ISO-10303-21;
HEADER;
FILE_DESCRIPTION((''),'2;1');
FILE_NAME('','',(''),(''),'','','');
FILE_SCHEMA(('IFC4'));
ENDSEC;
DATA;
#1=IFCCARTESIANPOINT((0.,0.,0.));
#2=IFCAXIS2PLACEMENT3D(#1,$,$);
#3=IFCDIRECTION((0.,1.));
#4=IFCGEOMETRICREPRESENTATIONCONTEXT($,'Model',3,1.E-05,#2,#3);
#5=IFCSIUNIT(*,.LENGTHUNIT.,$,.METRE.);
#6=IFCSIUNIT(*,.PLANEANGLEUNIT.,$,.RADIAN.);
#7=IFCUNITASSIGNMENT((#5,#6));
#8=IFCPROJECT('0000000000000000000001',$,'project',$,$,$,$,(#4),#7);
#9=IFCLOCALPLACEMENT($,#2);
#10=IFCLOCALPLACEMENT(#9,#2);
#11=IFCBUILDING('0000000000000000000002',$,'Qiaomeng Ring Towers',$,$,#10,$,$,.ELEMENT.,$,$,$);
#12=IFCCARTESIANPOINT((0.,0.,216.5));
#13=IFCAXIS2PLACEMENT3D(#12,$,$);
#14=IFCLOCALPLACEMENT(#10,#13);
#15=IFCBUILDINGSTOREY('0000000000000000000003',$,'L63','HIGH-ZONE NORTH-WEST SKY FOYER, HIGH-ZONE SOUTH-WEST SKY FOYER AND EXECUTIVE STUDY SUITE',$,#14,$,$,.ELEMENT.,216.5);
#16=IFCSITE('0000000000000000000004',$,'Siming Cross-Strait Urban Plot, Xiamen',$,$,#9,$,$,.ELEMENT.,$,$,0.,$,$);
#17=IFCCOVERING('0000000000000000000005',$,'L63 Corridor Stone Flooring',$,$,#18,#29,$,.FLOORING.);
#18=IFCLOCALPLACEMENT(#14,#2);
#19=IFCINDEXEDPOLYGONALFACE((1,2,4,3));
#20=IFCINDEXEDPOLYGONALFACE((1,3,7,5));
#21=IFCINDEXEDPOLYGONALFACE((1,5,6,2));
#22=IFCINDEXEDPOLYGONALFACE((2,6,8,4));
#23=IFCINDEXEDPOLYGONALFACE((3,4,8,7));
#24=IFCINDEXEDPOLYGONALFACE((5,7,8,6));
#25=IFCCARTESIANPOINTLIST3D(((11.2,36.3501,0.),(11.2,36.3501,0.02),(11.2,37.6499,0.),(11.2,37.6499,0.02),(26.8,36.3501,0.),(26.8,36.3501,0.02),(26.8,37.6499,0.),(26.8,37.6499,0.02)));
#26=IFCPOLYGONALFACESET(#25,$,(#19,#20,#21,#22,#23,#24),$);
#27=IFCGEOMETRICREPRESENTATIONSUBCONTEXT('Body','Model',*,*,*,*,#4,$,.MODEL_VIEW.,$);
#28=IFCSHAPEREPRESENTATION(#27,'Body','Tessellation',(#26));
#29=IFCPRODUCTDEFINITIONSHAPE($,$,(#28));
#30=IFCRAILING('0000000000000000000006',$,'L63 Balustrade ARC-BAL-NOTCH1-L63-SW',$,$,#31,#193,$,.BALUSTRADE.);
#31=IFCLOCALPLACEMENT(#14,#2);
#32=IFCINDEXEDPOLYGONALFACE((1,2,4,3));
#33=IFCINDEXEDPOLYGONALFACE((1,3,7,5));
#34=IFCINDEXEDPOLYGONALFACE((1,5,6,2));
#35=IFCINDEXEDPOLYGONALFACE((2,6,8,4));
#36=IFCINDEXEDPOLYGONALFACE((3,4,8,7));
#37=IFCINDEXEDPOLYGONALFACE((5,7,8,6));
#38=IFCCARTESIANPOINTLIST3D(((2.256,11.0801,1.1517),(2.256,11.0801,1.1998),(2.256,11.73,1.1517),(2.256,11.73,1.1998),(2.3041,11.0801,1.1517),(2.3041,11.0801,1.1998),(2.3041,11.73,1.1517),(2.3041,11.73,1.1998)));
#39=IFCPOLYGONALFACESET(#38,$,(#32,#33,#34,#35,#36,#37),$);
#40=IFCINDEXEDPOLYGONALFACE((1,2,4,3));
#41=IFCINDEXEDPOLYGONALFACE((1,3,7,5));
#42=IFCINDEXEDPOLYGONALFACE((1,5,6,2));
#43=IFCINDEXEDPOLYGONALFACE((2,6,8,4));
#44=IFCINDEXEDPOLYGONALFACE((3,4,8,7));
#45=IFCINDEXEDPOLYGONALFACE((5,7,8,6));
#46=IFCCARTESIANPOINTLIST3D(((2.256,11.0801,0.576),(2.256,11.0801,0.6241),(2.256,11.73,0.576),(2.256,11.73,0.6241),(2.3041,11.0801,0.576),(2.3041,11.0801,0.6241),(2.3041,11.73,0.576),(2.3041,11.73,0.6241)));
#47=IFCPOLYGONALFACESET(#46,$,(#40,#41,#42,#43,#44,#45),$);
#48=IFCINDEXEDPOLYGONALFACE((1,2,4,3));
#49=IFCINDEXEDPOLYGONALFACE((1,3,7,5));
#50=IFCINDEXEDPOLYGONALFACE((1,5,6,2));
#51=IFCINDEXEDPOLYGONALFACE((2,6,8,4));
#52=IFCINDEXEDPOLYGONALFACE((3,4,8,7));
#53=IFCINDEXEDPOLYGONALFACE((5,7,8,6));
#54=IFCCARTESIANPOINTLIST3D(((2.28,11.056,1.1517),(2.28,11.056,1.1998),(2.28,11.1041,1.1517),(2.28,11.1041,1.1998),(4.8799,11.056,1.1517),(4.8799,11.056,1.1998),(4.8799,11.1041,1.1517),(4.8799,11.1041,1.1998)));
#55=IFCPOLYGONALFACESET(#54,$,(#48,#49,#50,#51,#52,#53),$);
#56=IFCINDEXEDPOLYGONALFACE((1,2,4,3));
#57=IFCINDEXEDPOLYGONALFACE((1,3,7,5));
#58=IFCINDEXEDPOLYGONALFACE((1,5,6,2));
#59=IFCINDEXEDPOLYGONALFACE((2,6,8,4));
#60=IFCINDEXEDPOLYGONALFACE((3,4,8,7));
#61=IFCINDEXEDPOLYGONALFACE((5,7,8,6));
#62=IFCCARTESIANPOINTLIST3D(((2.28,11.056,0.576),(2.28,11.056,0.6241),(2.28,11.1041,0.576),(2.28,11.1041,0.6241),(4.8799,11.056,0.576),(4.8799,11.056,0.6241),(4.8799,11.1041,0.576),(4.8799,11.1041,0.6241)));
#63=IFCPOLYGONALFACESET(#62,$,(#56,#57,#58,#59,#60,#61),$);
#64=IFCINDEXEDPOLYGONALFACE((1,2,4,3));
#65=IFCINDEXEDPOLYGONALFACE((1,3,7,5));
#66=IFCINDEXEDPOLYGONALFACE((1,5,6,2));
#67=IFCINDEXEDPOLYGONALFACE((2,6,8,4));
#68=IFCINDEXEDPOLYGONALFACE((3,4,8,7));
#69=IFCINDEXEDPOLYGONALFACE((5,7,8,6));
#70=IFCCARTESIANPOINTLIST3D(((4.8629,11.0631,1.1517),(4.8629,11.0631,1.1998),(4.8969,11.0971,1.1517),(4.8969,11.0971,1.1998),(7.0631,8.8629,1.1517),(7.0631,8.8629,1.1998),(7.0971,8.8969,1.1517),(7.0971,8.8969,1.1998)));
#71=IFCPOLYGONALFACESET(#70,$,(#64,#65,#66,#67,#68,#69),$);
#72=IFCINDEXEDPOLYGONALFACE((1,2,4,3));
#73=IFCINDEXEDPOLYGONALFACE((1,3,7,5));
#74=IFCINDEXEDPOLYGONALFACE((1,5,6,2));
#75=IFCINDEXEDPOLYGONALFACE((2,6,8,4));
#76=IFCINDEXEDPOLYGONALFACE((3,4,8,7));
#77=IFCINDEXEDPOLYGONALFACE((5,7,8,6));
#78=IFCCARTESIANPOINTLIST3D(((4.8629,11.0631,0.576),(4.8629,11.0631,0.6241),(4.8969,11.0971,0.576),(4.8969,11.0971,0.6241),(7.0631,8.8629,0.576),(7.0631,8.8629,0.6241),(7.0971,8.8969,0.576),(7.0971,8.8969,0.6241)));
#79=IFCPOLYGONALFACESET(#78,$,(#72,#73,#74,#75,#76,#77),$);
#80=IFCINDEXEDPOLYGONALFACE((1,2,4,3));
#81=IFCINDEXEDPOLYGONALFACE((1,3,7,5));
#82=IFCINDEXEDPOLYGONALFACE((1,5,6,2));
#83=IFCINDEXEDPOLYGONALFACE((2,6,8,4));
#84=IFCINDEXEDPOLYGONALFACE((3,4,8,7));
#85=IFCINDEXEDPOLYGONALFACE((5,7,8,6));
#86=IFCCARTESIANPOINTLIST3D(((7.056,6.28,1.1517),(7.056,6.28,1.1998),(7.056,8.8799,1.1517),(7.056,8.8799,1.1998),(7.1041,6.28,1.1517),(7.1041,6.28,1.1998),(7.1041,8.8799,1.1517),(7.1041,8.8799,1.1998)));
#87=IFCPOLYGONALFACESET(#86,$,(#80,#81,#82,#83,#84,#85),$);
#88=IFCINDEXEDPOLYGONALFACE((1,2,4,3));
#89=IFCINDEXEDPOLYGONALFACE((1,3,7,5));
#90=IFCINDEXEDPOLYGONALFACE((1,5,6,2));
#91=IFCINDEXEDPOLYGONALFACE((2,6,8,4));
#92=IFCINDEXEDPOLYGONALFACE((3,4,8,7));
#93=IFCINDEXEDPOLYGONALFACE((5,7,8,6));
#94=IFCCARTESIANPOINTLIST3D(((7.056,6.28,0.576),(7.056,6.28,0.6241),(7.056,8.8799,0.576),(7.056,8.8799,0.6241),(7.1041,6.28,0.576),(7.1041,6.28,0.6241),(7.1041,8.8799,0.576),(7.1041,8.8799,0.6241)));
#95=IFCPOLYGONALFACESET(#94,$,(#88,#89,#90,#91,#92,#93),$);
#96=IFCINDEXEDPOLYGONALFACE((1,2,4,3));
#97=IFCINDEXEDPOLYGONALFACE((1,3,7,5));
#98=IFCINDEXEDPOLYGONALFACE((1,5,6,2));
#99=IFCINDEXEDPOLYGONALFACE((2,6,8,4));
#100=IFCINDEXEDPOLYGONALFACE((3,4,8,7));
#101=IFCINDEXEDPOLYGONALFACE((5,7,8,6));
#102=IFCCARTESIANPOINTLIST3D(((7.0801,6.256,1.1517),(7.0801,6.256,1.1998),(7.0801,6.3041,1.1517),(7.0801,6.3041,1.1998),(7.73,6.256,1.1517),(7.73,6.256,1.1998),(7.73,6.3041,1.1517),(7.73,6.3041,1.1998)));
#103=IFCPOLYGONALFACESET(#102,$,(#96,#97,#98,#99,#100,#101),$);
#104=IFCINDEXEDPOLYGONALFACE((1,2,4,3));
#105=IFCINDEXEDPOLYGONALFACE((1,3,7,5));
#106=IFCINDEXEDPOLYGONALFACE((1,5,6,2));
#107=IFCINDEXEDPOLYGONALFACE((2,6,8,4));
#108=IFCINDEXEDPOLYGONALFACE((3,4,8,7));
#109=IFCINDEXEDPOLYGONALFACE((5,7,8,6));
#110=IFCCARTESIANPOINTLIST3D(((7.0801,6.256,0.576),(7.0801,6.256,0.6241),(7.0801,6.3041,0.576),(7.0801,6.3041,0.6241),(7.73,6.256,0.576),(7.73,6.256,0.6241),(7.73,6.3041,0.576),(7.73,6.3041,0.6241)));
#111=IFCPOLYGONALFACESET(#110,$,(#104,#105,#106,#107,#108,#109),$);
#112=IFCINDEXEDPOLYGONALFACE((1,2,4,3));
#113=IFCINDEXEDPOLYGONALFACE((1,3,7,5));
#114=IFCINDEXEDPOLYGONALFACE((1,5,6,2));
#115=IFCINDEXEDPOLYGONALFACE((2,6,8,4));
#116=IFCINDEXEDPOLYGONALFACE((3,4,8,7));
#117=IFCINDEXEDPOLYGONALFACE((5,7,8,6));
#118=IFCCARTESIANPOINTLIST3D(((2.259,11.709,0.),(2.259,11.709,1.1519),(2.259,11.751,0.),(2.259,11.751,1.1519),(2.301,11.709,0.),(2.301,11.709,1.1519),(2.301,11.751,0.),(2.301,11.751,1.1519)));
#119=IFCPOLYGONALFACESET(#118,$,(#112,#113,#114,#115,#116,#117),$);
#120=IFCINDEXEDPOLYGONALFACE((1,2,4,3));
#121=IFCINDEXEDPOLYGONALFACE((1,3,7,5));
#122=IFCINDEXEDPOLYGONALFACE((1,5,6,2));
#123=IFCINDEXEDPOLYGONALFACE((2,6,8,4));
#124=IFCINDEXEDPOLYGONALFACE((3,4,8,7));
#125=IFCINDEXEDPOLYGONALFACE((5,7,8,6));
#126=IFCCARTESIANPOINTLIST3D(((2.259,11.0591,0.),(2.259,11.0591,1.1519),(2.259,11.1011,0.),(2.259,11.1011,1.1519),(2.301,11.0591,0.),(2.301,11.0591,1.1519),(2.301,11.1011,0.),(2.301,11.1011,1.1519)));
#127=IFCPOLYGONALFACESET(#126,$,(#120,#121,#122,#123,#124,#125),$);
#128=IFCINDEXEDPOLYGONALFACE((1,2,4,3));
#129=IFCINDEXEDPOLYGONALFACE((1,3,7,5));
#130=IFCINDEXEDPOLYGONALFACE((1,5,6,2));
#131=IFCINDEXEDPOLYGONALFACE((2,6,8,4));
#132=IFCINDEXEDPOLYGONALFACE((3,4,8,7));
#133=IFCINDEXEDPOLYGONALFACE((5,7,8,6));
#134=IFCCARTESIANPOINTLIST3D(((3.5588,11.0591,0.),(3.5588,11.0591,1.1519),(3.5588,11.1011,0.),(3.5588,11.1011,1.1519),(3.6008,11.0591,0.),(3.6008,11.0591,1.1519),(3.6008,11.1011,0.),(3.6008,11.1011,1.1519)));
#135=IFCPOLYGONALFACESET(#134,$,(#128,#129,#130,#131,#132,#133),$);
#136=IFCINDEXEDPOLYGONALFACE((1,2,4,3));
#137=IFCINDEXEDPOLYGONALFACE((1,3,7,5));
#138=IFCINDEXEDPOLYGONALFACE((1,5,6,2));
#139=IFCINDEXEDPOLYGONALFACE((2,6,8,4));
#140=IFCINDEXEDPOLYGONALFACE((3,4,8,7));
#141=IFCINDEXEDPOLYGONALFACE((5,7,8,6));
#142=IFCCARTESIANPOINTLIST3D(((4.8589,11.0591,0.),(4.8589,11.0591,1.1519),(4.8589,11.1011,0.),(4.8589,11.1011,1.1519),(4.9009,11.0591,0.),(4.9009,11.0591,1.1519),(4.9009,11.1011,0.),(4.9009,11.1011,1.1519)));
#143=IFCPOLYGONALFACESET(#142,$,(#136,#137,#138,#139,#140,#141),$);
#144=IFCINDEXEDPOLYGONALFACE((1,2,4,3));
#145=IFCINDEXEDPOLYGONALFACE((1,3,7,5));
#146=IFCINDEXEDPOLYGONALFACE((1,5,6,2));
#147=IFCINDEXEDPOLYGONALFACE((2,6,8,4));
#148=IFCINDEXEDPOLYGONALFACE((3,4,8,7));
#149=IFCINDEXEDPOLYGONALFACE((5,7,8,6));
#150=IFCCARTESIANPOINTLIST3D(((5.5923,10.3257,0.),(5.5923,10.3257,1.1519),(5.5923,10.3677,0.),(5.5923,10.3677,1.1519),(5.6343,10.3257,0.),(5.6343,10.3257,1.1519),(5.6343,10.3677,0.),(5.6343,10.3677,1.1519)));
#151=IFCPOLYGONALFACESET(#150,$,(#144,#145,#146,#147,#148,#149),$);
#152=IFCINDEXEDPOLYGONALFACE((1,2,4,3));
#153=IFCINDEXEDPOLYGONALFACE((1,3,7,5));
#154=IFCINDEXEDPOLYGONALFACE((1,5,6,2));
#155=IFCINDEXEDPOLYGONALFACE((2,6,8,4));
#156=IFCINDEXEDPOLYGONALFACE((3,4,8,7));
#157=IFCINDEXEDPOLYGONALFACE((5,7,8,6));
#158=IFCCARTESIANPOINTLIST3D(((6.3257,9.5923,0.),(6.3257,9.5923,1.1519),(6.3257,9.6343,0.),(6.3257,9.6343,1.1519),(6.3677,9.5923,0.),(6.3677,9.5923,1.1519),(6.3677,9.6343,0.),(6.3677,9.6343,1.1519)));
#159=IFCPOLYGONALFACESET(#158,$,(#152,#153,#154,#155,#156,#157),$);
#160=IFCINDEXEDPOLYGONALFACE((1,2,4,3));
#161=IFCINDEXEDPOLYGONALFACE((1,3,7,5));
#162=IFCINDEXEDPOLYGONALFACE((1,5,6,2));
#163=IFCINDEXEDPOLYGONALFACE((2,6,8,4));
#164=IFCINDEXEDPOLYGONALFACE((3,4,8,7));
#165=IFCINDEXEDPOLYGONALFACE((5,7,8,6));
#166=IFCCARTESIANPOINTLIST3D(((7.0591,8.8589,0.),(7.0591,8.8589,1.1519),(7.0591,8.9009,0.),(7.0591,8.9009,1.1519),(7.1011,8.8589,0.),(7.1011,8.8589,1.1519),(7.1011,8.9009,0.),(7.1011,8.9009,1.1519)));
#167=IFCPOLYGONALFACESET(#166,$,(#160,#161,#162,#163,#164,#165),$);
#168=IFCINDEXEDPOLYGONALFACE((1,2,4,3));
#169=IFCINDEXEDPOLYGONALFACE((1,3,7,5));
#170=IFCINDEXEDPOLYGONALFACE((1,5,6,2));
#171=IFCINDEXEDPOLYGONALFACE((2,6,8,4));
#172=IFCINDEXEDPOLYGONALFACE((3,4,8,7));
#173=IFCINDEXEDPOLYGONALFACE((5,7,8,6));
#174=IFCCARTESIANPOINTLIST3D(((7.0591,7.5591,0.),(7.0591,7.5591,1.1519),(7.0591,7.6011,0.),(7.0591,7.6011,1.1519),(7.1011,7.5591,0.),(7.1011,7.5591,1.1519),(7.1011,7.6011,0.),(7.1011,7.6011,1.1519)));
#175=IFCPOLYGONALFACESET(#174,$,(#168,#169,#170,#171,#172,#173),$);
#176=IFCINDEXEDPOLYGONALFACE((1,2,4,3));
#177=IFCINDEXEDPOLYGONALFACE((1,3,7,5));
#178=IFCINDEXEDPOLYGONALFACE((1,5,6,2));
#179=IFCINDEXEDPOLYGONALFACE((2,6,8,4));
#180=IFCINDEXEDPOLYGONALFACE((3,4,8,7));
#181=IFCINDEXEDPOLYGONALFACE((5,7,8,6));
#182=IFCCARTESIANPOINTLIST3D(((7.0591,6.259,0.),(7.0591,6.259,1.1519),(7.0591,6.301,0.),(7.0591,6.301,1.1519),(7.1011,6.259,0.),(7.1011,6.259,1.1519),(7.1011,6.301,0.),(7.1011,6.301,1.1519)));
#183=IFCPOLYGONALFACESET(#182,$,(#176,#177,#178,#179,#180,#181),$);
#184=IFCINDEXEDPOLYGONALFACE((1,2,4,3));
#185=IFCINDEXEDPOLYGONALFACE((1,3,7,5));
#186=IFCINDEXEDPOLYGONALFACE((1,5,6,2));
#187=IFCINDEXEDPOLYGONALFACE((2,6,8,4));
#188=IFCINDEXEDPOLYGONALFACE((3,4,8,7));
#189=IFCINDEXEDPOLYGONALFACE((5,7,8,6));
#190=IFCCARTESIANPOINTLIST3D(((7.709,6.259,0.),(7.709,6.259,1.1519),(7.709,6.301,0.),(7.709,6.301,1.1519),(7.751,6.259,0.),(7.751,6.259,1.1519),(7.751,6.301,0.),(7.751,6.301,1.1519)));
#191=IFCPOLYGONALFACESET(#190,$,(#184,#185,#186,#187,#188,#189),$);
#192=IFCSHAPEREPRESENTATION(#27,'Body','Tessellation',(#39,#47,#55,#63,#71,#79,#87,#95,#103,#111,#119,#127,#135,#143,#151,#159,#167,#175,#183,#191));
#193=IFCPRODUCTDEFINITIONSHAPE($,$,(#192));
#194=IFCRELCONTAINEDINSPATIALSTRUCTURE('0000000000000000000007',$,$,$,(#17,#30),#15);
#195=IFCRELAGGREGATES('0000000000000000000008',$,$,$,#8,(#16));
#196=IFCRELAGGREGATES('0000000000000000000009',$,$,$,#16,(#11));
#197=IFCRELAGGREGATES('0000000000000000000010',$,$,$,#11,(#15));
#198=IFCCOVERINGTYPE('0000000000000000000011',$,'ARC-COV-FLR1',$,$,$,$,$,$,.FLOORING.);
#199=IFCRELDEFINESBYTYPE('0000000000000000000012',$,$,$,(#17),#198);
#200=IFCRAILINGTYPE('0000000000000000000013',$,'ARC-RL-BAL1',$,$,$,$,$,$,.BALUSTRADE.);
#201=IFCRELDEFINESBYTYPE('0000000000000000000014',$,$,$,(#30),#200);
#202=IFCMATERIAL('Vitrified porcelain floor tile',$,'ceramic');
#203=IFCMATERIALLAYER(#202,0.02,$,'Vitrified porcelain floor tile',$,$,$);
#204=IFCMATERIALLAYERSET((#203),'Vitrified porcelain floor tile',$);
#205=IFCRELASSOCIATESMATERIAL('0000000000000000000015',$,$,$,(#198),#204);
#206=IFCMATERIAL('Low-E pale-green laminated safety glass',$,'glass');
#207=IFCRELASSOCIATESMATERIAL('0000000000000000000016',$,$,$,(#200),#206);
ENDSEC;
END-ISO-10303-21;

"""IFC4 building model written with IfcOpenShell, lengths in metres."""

from ifc_helpers import new_model, si_unit, direction, frame, origin, origin_2d, place, context, subcontext, project, spatial, polyline, rectangle, outline, extrude, material, layer, layer_set, type_object, element, save


model = new_model("IFC4")

# Units and contexts
model_context = context("Model", 3, precision=1e-05, world=origin(), true_north=direction((0.0, 1.0)))
body_context = subcontext(model_context, "Body", "Model", "MODEL_VIEW")
ifc_project = project(units=[si_unit("LENGTHUNIT", "METRE"), si_unit("PLANEANGLEUNIT", "RADIAN")], contexts=[model_context])

# Site, building, storey
site_placement = place(None, origin())
site = spatial("IfcSite", under=ifc_project, at=site_placement, Name="Siming Cross-Strait Urban Plot, Xiamen", CompositionType="ELEMENT", RefElevation=0.0)
building_placement = place(site_placement, origin())
building = spatial("IfcBuilding", under=site, at=building_placement, Name="Qiaomeng Ring Towers", CompositionType="ELEMENT")
storey_placement = place(building_placement, frame((0.0, 0.0, 216.5)))
storey = spatial("IfcBuildingStorey", under=building, at=storey_placement, Name="L63", Description="HIGH-ZONE NORTH-WEST SKY FOYER, HIGH-ZONE SOUTH-WEST SKY FOYER AND EXECUTIVE STUDY SUITE", CompositionType="ELEMENT", Elevation=216.5)

# Covering
ifc_material_1 = material(Name="Vitrified porcelain floor tile", Category="ceramic")
ifc_layer_1 = layer(ifc_material_1, 0.02, Name="Vitrified porcelain floor tile")
ifc_layer_set_1 = layer_set([ifc_layer_1], Name="Vitrified porcelain floor tile")
covering_type_1 = type_object("IfcCoveringType", Name="ARC-COV-FLR1", PredefinedType="FLOORING", material=ifc_layer_set_1)
covering_1_placement = place(storey_placement, origin())
element("IfcCovering", 1, at=covering_1_placement, inside=storey, type_object=covering_type_1, Name="L63 Corridor Stone Flooring", PredefinedType="FLOORING", context=body_context, shape_type="SweptSolid", body=[
    extrude(outline(polyline([(11.2, 36.3501), (11.2, 37.6499), (26.8, 37.6499), (26.8, 36.3501), (11.2, 36.3501)])), origin(), (0.0, 0.0, 1.0), 0.02),
])

# Railing
ifc_material_2 = material(Name="Low-E pale-green laminated safety glass", Category="glass")
railing_type = type_object("IfcRailingType", Name="ARC-RL-BAL1", PredefinedType="BALUSTRADE", material=ifc_material_2)
railing_placement = place(storey_placement, frame((2.28, 11.73, 0.0)))
element("IfcRailing", 2, at=railing_placement, inside=storey, type_object=railing_type, Name="L63 Balustrade ARC-BAL-NOTCH1-L63-SW", PredefinedType="BALUSTRADE", context=body_context, shape_type="SweptSolid", body=[
    extrude(rectangle(XDim=0.0481, YDim=0.0481, at=origin_2d()), frame((0.0, 0.0, 1.1758), z_axis=(0.0, -1.0, 0.0), x_axis=(1.0, 0.0, 0.0)), (0.0, 0.0, 1.0), 0.6499),
    extrude(rectangle(XDim=0.0481, YDim=0.0481, at=origin_2d()), frame((0.0, 0.0, 0.6001), z_axis=(0.0, -1.0, 0.0), x_axis=(1.0, 0.0, 0.0)), (0.0, 0.0, 1.0), 0.6499),
    extrude(rectangle(XDim=0.0481, YDim=0.0481, at=origin_2d()), frame((0.0, -0.6499, 1.1758), z_axis=(1.0, 0.0, 0.0), x_axis=(0.0, 1.0, 0.0)), (0.0, 0.0, 1.0), 2.5999),
    extrude(rectangle(XDim=0.0481, YDim=0.0481, at=origin_2d()), frame((0.0, -0.6499, 0.6001), z_axis=(1.0, 0.0, 0.0), x_axis=(0.0, 1.0, 0.0)), (0.0, 0.0, 1.0), 2.5999),
    extrude(rectangle(XDim=0.0481, YDim=0.0481, at=origin_2d()), frame((2.5999, -0.6499, 1.1758), z_axis=(0.707107, -0.707107, 0.0), x_axis=(0.707107, 0.707107, 0.0)), (0.0, 0.0, 1.0), 3.1116),
    extrude(rectangle(XDim=0.0481, YDim=0.0481, at=origin_2d()), frame((2.5999, -0.6499, 0.6001), z_axis=(0.707107, -0.707107, 0.0), x_axis=(0.707107, 0.707107, 0.0)), (0.0, 0.0, 1.0), 3.1116),
    extrude(rectangle(XDim=0.0481, YDim=0.0481, at=origin_2d()), frame((4.8, -2.8501, 1.1758), z_axis=(0.0, -1.0, 0.0), x_axis=(1.0, 0.0, 0.0)), (0.0, 0.0, 1.0), 2.5999),
    extrude(rectangle(XDim=0.0481, YDim=0.0481, at=origin_2d()), frame((4.8, -2.8501, 0.6001), z_axis=(0.0, -1.0, 0.0), x_axis=(1.0, 0.0, 0.0)), (0.0, 0.0, 1.0), 2.5999),
    extrude(rectangle(XDim=0.0481, YDim=0.0481, at=origin_2d()), frame((4.8, -5.45, 1.1758), z_axis=(1.0, 0.0, 0.0), x_axis=(0.0, 1.0, 0.0)), (0.0, 0.0, 1.0), 0.6499),
    extrude(rectangle(XDim=0.0481, YDim=0.0481, at=origin_2d()), frame((4.8, -5.45, 0.6001), z_axis=(1.0, 0.0, 0.0), x_axis=(0.0, 1.0, 0.0)), (0.0, 0.0, 1.0), 0.6499),
    extrude(rectangle(XDim=0.042, YDim=0.042, at=origin_2d()), origin(), (0.0, 0.0, 1.0), 1.1519),
    extrude(rectangle(XDim=0.042, YDim=0.042, at=origin_2d()), frame((0.0, -0.6499, 0.0)), (0.0, 0.0, 1.0), 1.1519),
    extrude(rectangle(XDim=0.042, YDim=0.042, at=origin_2d()), frame((1.2998, -0.6499, 0.0)), (0.0, 0.0, 1.0), 1.1519),
    extrude(rectangle(XDim=0.042, YDim=0.042, at=origin_2d()), frame((2.5999, -0.6499, 0.0)), (0.0, 0.0, 1.0), 1.1519),
    extrude(rectangle(XDim=0.042, YDim=0.042, at=origin_2d()), frame((3.3333, -1.3833, 0.0)), (0.0, 0.0, 1.0), 1.1519),
    extrude(rectangle(XDim=0.042, YDim=0.042, at=origin_2d()), frame((4.0667, -2.1167, 0.0)), (0.0, 0.0, 1.0), 1.1519),
    extrude(rectangle(XDim=0.042, YDim=0.042, at=origin_2d()), frame((4.8, -2.8501, 0.0)), (0.0, 0.0, 1.0), 1.1519),
    extrude(rectangle(XDim=0.042, YDim=0.042, at=origin_2d()), frame((4.8, -4.1499, 0.0)), (0.0, 0.0, 1.0), 1.1519),
    extrude(rectangle(XDim=0.042, YDim=0.042, at=origin_2d()), frame((4.8, -5.45, 0.0)), (0.0, 0.0, 1.0), 1.1519),
    extrude(rectangle(XDim=0.042, YDim=0.042, at=origin_2d()), frame((5.45, -5.45, 0.0)), (0.0, 0.0, 1.0), 1.1519),
])

save(model, "model.ifc")
